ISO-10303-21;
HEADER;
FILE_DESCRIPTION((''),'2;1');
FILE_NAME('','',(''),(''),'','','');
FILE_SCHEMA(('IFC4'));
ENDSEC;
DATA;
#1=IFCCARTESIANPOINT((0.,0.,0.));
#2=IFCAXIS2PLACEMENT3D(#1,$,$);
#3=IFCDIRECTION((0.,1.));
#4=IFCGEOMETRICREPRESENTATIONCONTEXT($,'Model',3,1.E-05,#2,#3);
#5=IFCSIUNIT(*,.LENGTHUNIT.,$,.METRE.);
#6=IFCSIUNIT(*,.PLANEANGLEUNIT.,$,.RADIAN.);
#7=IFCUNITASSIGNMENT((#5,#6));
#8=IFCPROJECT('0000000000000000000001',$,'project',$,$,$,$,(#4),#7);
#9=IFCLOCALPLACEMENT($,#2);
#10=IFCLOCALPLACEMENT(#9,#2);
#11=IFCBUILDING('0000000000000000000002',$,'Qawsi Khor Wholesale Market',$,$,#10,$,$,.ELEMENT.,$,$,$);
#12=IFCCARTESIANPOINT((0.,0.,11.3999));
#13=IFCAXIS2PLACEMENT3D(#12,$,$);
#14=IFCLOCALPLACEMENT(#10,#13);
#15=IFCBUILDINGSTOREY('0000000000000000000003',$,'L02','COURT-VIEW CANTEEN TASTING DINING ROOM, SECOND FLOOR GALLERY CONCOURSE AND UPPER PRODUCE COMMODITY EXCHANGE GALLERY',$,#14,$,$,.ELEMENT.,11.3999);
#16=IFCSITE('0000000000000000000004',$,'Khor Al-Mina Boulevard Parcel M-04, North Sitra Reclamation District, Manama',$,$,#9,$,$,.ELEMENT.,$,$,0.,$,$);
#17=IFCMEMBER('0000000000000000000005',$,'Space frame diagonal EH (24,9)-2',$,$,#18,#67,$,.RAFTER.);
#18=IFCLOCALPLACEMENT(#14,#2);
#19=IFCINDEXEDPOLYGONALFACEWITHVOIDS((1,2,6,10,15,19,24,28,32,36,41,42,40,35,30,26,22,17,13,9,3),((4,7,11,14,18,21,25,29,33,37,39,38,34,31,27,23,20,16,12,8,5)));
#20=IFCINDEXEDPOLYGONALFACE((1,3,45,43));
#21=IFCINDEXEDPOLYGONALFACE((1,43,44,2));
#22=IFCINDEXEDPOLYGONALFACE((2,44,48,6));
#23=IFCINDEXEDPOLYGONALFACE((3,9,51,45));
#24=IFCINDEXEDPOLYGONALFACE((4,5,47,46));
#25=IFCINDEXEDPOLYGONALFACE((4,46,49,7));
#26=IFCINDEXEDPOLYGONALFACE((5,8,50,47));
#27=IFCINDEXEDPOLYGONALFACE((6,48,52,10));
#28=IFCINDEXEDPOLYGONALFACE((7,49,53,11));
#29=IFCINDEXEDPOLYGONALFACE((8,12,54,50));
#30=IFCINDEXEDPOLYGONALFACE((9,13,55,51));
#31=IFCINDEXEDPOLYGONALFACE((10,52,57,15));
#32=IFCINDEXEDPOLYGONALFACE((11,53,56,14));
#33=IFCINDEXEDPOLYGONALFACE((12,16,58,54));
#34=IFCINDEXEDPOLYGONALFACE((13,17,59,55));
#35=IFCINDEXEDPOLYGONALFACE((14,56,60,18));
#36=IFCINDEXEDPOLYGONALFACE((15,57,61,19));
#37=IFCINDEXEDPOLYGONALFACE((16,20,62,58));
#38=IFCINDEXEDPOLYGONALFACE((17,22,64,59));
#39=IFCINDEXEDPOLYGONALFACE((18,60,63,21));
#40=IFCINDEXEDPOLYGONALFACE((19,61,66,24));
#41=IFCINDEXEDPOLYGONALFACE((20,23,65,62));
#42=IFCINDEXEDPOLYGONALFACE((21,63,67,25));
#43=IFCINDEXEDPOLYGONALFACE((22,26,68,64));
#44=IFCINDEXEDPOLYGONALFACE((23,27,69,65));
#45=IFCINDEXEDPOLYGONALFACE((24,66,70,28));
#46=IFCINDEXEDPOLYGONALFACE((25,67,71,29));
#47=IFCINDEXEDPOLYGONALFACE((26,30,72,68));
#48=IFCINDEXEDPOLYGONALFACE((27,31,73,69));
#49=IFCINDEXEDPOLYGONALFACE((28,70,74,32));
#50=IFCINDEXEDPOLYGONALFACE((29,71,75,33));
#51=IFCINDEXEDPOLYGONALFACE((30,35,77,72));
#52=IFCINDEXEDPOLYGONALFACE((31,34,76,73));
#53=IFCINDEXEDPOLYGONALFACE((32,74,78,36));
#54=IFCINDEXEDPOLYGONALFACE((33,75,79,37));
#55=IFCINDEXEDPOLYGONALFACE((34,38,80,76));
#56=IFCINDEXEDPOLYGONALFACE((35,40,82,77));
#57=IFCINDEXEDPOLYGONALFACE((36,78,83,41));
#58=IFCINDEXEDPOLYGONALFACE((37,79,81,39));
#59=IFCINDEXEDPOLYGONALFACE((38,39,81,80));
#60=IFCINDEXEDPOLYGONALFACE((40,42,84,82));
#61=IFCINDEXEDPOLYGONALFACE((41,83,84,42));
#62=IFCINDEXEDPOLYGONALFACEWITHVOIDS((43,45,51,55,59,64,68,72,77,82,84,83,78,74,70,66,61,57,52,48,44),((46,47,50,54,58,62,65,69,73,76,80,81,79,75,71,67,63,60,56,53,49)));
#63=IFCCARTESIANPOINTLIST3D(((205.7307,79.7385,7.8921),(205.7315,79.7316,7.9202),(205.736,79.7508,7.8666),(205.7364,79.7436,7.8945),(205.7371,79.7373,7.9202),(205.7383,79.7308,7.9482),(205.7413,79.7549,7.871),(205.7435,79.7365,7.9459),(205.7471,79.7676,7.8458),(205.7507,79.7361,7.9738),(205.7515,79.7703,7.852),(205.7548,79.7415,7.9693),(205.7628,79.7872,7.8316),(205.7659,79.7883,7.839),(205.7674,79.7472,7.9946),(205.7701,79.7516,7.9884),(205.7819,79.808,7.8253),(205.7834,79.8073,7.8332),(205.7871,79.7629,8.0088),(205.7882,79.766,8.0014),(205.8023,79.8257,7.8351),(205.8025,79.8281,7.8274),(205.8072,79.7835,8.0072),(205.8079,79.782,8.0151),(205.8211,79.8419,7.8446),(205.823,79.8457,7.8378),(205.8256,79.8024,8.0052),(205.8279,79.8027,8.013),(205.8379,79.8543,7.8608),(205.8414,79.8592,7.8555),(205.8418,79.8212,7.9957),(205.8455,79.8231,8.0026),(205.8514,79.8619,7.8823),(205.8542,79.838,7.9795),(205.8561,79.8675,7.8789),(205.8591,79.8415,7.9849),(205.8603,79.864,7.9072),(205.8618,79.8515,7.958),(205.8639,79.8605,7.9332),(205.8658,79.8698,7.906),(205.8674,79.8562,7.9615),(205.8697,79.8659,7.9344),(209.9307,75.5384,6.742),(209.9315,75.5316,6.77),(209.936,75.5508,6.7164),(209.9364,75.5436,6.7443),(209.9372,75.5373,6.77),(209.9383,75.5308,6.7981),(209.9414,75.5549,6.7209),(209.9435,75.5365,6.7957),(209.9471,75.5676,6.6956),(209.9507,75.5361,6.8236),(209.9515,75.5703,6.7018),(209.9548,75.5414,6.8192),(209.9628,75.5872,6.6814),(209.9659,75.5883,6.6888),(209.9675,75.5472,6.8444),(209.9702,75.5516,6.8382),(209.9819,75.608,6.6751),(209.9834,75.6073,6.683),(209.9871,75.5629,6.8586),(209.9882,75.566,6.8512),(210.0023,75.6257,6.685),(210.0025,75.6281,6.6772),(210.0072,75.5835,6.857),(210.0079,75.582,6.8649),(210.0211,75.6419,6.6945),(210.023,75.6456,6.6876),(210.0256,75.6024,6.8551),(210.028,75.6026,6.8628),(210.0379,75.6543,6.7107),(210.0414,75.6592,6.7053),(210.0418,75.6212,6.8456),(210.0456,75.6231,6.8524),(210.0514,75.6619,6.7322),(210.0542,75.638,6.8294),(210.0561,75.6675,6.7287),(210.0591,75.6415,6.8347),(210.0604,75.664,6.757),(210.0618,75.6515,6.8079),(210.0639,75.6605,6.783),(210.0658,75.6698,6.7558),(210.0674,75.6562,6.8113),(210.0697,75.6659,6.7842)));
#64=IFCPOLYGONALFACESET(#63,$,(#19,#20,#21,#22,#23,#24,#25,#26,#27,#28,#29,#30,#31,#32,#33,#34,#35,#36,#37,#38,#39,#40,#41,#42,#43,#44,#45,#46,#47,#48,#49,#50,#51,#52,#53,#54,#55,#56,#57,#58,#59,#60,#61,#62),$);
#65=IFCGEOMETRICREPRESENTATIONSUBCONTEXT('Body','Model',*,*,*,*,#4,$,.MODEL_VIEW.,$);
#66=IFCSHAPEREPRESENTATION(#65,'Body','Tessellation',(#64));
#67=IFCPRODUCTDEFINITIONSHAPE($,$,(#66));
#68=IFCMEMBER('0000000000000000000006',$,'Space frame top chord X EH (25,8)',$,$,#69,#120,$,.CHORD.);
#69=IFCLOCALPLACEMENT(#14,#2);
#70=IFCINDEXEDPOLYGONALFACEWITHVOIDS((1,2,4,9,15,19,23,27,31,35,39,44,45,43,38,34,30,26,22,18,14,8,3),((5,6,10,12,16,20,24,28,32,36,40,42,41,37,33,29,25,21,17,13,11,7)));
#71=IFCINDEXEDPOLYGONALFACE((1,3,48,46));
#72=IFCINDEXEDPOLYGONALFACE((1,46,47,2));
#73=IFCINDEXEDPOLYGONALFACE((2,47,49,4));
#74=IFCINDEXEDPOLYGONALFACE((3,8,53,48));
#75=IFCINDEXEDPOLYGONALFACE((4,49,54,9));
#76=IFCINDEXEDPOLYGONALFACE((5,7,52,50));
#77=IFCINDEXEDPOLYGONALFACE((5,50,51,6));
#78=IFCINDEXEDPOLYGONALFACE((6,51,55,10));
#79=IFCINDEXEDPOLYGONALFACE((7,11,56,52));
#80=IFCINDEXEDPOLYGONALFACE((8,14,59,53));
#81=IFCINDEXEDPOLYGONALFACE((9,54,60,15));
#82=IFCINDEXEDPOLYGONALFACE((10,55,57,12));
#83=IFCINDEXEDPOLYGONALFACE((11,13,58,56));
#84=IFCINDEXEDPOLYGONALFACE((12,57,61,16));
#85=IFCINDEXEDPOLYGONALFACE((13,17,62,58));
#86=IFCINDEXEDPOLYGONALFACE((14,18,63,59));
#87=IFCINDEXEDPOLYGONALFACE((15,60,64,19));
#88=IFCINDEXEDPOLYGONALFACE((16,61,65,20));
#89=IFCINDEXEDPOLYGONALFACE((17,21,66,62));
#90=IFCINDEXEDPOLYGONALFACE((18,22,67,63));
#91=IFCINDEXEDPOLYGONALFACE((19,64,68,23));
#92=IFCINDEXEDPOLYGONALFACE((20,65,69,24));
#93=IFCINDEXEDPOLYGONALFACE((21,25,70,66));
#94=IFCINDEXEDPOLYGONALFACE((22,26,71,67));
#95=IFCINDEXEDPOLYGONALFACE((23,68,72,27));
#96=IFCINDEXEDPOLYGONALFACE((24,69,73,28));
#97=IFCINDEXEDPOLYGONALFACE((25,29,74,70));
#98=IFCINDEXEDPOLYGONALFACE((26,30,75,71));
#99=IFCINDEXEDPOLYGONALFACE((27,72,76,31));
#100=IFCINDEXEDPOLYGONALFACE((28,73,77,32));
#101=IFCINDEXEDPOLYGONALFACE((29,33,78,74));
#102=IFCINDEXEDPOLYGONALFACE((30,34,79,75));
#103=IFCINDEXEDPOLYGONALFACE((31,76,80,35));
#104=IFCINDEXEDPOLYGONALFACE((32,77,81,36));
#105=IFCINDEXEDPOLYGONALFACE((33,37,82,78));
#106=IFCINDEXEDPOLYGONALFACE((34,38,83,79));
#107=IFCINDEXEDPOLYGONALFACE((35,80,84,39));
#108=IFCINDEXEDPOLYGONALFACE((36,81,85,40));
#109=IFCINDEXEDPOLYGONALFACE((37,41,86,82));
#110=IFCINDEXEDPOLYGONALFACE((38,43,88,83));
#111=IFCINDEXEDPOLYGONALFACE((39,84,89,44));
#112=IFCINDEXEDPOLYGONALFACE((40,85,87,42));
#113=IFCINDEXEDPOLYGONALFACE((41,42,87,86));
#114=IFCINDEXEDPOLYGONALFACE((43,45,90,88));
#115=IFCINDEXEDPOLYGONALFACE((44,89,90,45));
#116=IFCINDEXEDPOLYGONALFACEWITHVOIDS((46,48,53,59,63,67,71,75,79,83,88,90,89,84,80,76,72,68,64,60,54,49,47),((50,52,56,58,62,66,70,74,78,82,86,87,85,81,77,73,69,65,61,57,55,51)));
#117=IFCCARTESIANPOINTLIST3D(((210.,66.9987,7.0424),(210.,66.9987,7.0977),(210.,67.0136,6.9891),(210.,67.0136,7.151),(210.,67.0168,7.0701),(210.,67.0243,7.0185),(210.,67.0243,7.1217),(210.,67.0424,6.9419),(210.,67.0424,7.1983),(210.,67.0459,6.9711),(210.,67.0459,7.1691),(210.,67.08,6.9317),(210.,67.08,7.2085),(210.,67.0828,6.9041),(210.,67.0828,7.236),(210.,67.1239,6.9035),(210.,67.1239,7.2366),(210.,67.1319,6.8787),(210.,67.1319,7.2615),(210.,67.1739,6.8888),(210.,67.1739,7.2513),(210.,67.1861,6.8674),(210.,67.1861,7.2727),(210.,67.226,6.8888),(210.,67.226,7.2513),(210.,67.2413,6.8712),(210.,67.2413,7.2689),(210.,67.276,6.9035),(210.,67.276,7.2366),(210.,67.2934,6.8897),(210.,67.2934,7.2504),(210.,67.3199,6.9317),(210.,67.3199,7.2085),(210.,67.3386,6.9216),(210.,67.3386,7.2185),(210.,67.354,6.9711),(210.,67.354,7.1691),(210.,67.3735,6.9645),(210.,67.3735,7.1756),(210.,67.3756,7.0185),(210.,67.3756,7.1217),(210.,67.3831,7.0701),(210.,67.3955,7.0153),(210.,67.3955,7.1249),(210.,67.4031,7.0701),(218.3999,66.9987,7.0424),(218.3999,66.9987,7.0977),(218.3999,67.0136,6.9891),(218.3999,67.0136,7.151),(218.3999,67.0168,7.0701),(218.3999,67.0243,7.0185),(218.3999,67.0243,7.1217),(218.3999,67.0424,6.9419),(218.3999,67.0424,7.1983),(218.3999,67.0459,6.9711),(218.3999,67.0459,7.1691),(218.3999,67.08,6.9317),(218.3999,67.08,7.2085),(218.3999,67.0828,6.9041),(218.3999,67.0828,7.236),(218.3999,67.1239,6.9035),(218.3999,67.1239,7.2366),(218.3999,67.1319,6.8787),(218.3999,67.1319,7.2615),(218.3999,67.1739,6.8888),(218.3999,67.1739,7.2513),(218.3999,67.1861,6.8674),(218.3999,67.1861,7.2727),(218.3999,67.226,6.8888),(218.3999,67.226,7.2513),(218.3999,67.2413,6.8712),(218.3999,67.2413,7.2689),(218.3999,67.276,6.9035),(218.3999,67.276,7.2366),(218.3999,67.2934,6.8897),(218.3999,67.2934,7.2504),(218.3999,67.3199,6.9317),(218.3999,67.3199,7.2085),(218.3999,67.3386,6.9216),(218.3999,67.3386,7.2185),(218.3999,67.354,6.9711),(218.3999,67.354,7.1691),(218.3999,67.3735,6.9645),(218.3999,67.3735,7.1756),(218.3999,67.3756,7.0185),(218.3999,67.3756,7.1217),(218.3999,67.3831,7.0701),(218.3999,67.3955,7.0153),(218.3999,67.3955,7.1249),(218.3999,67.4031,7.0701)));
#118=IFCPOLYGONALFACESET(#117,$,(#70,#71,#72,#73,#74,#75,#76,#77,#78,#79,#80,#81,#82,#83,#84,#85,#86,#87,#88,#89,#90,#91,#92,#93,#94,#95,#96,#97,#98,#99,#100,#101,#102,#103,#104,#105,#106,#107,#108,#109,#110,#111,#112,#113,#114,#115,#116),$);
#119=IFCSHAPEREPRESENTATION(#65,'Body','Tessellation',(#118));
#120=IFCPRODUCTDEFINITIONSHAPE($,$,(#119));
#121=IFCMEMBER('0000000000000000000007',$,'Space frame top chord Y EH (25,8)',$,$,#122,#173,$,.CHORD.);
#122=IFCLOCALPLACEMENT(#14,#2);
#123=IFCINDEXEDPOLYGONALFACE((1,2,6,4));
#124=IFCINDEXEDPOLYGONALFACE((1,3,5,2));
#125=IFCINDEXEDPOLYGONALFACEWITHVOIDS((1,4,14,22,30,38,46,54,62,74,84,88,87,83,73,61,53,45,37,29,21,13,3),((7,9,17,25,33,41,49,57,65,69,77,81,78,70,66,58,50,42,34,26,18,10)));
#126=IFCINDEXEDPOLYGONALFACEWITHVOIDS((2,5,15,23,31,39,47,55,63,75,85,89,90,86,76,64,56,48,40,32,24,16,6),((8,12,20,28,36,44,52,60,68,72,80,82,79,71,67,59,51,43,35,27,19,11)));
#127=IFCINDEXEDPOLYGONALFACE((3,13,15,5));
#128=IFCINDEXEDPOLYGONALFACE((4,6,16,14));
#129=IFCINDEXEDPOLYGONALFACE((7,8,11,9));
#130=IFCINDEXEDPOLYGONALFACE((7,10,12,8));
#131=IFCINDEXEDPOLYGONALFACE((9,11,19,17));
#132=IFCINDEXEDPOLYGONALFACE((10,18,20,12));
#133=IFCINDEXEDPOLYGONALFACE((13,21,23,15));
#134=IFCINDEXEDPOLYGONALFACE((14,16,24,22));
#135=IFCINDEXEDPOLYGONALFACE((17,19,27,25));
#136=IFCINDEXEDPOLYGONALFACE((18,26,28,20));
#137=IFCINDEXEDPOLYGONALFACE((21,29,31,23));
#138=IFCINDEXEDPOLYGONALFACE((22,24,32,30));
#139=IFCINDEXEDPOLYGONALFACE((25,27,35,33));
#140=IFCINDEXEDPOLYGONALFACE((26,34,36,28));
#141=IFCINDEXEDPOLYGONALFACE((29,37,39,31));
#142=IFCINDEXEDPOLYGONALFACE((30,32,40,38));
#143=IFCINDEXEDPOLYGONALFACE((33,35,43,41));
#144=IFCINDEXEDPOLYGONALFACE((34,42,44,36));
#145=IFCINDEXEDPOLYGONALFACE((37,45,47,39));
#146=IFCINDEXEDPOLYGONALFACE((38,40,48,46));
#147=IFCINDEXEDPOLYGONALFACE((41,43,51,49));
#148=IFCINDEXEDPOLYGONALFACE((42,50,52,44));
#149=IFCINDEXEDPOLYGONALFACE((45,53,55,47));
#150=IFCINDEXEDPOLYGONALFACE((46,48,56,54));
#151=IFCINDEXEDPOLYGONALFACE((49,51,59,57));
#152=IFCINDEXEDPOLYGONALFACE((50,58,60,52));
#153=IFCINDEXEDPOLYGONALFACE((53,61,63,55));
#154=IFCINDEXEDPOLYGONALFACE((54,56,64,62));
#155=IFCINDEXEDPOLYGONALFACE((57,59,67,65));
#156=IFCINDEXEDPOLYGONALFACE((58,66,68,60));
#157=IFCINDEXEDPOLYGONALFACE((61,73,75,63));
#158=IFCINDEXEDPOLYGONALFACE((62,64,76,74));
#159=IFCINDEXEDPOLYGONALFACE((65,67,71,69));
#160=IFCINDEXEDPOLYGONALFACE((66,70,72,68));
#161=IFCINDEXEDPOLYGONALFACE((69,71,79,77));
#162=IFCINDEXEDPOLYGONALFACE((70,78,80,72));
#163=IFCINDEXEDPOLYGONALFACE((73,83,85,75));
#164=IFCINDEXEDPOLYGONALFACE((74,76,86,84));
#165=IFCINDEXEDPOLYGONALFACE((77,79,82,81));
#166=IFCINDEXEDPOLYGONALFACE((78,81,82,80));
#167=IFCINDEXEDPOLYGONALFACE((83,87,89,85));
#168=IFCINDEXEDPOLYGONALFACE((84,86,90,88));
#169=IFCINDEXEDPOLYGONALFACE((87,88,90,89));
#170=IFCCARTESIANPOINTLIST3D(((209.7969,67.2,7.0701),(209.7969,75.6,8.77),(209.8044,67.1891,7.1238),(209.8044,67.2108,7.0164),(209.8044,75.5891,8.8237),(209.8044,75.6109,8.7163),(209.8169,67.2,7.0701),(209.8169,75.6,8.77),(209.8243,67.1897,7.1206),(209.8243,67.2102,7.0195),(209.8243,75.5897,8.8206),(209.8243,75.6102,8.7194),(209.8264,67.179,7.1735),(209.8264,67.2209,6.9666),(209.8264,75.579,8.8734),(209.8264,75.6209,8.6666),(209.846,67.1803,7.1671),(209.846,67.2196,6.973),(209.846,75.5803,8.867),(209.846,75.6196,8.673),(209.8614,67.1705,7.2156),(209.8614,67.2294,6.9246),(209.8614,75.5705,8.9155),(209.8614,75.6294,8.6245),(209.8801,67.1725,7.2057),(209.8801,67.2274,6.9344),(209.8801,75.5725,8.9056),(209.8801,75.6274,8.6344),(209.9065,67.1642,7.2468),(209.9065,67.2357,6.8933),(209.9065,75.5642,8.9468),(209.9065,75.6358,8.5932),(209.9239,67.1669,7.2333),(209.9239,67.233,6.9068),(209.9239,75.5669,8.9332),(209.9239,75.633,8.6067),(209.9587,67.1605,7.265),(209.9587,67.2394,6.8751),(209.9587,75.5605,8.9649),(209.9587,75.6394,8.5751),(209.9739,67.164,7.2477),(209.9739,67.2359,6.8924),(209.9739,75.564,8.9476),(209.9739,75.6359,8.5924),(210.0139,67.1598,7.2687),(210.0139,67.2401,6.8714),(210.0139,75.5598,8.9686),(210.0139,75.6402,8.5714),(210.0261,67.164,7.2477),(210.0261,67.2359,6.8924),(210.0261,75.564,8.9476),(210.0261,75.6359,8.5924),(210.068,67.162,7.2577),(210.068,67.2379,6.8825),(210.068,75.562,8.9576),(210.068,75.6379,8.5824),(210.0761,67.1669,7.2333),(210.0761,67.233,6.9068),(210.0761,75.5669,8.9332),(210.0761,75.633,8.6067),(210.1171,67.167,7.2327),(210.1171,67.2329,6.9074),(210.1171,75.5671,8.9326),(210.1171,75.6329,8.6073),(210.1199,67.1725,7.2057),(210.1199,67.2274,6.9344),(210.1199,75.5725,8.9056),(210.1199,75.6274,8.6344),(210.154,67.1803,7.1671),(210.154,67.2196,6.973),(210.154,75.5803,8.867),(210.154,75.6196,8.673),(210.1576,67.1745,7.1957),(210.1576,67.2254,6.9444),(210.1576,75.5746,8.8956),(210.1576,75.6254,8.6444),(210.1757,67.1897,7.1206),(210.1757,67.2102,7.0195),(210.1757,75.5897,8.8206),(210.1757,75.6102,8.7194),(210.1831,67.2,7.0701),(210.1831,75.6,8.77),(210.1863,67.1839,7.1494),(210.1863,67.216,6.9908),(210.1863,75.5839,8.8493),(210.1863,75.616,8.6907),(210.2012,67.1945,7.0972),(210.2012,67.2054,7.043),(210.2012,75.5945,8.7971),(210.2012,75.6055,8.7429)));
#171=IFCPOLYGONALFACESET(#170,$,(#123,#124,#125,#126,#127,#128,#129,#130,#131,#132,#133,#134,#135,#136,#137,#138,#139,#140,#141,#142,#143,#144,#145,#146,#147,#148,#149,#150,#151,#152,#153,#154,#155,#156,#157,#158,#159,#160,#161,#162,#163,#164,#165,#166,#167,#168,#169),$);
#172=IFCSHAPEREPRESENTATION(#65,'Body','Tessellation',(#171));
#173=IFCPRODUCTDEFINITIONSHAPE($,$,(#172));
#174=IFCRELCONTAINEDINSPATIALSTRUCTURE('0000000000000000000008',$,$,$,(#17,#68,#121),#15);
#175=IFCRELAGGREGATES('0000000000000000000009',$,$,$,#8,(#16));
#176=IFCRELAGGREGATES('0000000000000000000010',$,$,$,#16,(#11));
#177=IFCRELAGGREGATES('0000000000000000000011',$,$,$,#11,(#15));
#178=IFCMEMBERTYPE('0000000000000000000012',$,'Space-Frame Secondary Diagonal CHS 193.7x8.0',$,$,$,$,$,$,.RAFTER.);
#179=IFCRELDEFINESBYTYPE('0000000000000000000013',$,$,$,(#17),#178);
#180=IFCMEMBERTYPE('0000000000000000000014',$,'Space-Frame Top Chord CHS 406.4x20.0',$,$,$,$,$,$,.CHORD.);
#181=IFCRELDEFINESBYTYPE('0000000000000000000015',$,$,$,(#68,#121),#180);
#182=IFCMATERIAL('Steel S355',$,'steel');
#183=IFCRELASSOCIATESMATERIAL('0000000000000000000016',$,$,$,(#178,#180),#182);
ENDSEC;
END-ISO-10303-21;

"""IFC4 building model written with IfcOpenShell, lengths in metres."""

from ifc_helpers import new_model, si_unit, direction, frame, origin, origin_2d, place, context, subcontext, project, spatial, hollow_circle, extrude, material, material_profile, profile_set, type_object, element, save


model = new_model("IFC4")

# Units and contexts
model_context = context("Model", 3, precision=1e-05, world=origin(), true_north=direction((0.0, 1.0)))
body_context = subcontext(model_context, "Body", "Model", "MODEL_VIEW")
ifc_project = project(units=[si_unit("LENGTHUNIT", "METRE"), si_unit("PLANEANGLEUNIT", "RADIAN")], contexts=[model_context])

# Site, building, storey
site_placement = place(None, origin())
site = spatial("IfcSite", under=ifc_project, at=site_placement, Name="Khor Al-Mina Boulevard Parcel M-04, North Sitra Reclamation District, Manama", CompositionType="ELEMENT", RefElevation=0.0)
building_placement = place(site_placement, origin())
building = spatial("IfcBuilding", under=site, at=building_placement, Name="Qawsi Khor Wholesale Market", CompositionType="ELEMENT")
storey_placement = place(building_placement, frame((0.0, 0.0, 11.3999)))
storey = spatial("IfcBuildingStorey", under=building, at=storey_placement, Name="L02", Description="COURT-VIEW CANTEEN TASTING DINING ROOM, SECOND FLOOR GALLERY CONCOURSE AND UPPER PRODUCE COMMODITY EXCHANGE GALLERY", CompositionType="ELEMENT", Elevation=11.3999)

# Members
ifc_material_1 = material(Name="Steel S355", Category="steel")
ifc_material_profile_1 = material_profile(ifc_material_1, hollow_circle(Radius=0.0969, WallThickness=0.0081, at=origin_2d()), Name="CHS 193.7x8.0")
ifc_profile_set_1 = profile_set([ifc_material_profile_1], Name="Steel S355")
member_type_1 = type_object("IfcMemberType", Name="Space-Frame Secondary Diagonal CHS 193.7x8.0", PredefinedType="RAFTER", material=ifc_profile_set_1)
for number, where, z_axis, x_axis, name in (
    (1, (210.0, 75.6001, 6.77), (-0.694211, 0.694211, 0.190108), (-0.707107, -0.707107, 0.0), "Space frame diagonal EH (24,9)-2"),
):
    element("IfcMember", number, at=place(storey_placement, frame(where, z_axis=z_axis, x_axis=x_axis)), inside=storey, type_object=member_type_1, Name=name, PredefinedType="RAFTER", context=body_context, shape_type="SweptSolid", body=[
        extrude(hollow_circle(Radius=0.0969, WallThickness=0.0081, at=origin_2d()), origin(), (0.0, 0.0, 1.0), 6.05),
    ])
ifc_material_profile_2 = material_profile(ifc_material_1, hollow_circle(Radius=0.2031, WallThickness=0.02, at=origin_2d()), Name="CHS 406.4x20.0")
ifc_profile_set_2 = profile_set([ifc_material_profile_2], Name="Steel S355")
member_type_2 = type_object("IfcMemberType", Name="Space-Frame Top Chord CHS 406.4x20.0", PredefinedType="CHORD", material=ifc_profile_set_2)
member_1_placement = place(storey_placement, frame((210.0, 67.2, 7.0701), z_axis=(1.0, 0.0, 0.0), x_axis=(0.0, 1.0, 0.0)))
element("IfcMember", 2, at=member_1_placement, inside=storey, type_object=member_type_2, Name="Space frame top chord X EH (25,8)", PredefinedType="CHORD", context=body_context, shape_type="SweptSolid", body=[
    extrude(hollow_circle(Radius=0.2031, WallThickness=0.02, at=origin_2d()), origin(), (0.0, 0.0, 1.0), 8.3999),
])
member_2_placement = place(storey_placement, frame((210.0, 67.2, 7.0701), z_axis=(0.0, 0.980131, 0.198351), x_axis=(-1.0, 0.0, 0.0)))
element("IfcMember", 3, at=member_2_placement, inside=storey, type_object=member_type_2, Name="Space frame top chord Y EH (25,8)", PredefinedType="CHORD", context=body_context, shape_type="SweptSolid", body=[
    extrude(hollow_circle(Radius=0.2031, WallThickness=0.02, at=origin_2d()), origin(), (0.0, 0.0, 1.0), 8.5703),
])

save(model, "model.ifc")
